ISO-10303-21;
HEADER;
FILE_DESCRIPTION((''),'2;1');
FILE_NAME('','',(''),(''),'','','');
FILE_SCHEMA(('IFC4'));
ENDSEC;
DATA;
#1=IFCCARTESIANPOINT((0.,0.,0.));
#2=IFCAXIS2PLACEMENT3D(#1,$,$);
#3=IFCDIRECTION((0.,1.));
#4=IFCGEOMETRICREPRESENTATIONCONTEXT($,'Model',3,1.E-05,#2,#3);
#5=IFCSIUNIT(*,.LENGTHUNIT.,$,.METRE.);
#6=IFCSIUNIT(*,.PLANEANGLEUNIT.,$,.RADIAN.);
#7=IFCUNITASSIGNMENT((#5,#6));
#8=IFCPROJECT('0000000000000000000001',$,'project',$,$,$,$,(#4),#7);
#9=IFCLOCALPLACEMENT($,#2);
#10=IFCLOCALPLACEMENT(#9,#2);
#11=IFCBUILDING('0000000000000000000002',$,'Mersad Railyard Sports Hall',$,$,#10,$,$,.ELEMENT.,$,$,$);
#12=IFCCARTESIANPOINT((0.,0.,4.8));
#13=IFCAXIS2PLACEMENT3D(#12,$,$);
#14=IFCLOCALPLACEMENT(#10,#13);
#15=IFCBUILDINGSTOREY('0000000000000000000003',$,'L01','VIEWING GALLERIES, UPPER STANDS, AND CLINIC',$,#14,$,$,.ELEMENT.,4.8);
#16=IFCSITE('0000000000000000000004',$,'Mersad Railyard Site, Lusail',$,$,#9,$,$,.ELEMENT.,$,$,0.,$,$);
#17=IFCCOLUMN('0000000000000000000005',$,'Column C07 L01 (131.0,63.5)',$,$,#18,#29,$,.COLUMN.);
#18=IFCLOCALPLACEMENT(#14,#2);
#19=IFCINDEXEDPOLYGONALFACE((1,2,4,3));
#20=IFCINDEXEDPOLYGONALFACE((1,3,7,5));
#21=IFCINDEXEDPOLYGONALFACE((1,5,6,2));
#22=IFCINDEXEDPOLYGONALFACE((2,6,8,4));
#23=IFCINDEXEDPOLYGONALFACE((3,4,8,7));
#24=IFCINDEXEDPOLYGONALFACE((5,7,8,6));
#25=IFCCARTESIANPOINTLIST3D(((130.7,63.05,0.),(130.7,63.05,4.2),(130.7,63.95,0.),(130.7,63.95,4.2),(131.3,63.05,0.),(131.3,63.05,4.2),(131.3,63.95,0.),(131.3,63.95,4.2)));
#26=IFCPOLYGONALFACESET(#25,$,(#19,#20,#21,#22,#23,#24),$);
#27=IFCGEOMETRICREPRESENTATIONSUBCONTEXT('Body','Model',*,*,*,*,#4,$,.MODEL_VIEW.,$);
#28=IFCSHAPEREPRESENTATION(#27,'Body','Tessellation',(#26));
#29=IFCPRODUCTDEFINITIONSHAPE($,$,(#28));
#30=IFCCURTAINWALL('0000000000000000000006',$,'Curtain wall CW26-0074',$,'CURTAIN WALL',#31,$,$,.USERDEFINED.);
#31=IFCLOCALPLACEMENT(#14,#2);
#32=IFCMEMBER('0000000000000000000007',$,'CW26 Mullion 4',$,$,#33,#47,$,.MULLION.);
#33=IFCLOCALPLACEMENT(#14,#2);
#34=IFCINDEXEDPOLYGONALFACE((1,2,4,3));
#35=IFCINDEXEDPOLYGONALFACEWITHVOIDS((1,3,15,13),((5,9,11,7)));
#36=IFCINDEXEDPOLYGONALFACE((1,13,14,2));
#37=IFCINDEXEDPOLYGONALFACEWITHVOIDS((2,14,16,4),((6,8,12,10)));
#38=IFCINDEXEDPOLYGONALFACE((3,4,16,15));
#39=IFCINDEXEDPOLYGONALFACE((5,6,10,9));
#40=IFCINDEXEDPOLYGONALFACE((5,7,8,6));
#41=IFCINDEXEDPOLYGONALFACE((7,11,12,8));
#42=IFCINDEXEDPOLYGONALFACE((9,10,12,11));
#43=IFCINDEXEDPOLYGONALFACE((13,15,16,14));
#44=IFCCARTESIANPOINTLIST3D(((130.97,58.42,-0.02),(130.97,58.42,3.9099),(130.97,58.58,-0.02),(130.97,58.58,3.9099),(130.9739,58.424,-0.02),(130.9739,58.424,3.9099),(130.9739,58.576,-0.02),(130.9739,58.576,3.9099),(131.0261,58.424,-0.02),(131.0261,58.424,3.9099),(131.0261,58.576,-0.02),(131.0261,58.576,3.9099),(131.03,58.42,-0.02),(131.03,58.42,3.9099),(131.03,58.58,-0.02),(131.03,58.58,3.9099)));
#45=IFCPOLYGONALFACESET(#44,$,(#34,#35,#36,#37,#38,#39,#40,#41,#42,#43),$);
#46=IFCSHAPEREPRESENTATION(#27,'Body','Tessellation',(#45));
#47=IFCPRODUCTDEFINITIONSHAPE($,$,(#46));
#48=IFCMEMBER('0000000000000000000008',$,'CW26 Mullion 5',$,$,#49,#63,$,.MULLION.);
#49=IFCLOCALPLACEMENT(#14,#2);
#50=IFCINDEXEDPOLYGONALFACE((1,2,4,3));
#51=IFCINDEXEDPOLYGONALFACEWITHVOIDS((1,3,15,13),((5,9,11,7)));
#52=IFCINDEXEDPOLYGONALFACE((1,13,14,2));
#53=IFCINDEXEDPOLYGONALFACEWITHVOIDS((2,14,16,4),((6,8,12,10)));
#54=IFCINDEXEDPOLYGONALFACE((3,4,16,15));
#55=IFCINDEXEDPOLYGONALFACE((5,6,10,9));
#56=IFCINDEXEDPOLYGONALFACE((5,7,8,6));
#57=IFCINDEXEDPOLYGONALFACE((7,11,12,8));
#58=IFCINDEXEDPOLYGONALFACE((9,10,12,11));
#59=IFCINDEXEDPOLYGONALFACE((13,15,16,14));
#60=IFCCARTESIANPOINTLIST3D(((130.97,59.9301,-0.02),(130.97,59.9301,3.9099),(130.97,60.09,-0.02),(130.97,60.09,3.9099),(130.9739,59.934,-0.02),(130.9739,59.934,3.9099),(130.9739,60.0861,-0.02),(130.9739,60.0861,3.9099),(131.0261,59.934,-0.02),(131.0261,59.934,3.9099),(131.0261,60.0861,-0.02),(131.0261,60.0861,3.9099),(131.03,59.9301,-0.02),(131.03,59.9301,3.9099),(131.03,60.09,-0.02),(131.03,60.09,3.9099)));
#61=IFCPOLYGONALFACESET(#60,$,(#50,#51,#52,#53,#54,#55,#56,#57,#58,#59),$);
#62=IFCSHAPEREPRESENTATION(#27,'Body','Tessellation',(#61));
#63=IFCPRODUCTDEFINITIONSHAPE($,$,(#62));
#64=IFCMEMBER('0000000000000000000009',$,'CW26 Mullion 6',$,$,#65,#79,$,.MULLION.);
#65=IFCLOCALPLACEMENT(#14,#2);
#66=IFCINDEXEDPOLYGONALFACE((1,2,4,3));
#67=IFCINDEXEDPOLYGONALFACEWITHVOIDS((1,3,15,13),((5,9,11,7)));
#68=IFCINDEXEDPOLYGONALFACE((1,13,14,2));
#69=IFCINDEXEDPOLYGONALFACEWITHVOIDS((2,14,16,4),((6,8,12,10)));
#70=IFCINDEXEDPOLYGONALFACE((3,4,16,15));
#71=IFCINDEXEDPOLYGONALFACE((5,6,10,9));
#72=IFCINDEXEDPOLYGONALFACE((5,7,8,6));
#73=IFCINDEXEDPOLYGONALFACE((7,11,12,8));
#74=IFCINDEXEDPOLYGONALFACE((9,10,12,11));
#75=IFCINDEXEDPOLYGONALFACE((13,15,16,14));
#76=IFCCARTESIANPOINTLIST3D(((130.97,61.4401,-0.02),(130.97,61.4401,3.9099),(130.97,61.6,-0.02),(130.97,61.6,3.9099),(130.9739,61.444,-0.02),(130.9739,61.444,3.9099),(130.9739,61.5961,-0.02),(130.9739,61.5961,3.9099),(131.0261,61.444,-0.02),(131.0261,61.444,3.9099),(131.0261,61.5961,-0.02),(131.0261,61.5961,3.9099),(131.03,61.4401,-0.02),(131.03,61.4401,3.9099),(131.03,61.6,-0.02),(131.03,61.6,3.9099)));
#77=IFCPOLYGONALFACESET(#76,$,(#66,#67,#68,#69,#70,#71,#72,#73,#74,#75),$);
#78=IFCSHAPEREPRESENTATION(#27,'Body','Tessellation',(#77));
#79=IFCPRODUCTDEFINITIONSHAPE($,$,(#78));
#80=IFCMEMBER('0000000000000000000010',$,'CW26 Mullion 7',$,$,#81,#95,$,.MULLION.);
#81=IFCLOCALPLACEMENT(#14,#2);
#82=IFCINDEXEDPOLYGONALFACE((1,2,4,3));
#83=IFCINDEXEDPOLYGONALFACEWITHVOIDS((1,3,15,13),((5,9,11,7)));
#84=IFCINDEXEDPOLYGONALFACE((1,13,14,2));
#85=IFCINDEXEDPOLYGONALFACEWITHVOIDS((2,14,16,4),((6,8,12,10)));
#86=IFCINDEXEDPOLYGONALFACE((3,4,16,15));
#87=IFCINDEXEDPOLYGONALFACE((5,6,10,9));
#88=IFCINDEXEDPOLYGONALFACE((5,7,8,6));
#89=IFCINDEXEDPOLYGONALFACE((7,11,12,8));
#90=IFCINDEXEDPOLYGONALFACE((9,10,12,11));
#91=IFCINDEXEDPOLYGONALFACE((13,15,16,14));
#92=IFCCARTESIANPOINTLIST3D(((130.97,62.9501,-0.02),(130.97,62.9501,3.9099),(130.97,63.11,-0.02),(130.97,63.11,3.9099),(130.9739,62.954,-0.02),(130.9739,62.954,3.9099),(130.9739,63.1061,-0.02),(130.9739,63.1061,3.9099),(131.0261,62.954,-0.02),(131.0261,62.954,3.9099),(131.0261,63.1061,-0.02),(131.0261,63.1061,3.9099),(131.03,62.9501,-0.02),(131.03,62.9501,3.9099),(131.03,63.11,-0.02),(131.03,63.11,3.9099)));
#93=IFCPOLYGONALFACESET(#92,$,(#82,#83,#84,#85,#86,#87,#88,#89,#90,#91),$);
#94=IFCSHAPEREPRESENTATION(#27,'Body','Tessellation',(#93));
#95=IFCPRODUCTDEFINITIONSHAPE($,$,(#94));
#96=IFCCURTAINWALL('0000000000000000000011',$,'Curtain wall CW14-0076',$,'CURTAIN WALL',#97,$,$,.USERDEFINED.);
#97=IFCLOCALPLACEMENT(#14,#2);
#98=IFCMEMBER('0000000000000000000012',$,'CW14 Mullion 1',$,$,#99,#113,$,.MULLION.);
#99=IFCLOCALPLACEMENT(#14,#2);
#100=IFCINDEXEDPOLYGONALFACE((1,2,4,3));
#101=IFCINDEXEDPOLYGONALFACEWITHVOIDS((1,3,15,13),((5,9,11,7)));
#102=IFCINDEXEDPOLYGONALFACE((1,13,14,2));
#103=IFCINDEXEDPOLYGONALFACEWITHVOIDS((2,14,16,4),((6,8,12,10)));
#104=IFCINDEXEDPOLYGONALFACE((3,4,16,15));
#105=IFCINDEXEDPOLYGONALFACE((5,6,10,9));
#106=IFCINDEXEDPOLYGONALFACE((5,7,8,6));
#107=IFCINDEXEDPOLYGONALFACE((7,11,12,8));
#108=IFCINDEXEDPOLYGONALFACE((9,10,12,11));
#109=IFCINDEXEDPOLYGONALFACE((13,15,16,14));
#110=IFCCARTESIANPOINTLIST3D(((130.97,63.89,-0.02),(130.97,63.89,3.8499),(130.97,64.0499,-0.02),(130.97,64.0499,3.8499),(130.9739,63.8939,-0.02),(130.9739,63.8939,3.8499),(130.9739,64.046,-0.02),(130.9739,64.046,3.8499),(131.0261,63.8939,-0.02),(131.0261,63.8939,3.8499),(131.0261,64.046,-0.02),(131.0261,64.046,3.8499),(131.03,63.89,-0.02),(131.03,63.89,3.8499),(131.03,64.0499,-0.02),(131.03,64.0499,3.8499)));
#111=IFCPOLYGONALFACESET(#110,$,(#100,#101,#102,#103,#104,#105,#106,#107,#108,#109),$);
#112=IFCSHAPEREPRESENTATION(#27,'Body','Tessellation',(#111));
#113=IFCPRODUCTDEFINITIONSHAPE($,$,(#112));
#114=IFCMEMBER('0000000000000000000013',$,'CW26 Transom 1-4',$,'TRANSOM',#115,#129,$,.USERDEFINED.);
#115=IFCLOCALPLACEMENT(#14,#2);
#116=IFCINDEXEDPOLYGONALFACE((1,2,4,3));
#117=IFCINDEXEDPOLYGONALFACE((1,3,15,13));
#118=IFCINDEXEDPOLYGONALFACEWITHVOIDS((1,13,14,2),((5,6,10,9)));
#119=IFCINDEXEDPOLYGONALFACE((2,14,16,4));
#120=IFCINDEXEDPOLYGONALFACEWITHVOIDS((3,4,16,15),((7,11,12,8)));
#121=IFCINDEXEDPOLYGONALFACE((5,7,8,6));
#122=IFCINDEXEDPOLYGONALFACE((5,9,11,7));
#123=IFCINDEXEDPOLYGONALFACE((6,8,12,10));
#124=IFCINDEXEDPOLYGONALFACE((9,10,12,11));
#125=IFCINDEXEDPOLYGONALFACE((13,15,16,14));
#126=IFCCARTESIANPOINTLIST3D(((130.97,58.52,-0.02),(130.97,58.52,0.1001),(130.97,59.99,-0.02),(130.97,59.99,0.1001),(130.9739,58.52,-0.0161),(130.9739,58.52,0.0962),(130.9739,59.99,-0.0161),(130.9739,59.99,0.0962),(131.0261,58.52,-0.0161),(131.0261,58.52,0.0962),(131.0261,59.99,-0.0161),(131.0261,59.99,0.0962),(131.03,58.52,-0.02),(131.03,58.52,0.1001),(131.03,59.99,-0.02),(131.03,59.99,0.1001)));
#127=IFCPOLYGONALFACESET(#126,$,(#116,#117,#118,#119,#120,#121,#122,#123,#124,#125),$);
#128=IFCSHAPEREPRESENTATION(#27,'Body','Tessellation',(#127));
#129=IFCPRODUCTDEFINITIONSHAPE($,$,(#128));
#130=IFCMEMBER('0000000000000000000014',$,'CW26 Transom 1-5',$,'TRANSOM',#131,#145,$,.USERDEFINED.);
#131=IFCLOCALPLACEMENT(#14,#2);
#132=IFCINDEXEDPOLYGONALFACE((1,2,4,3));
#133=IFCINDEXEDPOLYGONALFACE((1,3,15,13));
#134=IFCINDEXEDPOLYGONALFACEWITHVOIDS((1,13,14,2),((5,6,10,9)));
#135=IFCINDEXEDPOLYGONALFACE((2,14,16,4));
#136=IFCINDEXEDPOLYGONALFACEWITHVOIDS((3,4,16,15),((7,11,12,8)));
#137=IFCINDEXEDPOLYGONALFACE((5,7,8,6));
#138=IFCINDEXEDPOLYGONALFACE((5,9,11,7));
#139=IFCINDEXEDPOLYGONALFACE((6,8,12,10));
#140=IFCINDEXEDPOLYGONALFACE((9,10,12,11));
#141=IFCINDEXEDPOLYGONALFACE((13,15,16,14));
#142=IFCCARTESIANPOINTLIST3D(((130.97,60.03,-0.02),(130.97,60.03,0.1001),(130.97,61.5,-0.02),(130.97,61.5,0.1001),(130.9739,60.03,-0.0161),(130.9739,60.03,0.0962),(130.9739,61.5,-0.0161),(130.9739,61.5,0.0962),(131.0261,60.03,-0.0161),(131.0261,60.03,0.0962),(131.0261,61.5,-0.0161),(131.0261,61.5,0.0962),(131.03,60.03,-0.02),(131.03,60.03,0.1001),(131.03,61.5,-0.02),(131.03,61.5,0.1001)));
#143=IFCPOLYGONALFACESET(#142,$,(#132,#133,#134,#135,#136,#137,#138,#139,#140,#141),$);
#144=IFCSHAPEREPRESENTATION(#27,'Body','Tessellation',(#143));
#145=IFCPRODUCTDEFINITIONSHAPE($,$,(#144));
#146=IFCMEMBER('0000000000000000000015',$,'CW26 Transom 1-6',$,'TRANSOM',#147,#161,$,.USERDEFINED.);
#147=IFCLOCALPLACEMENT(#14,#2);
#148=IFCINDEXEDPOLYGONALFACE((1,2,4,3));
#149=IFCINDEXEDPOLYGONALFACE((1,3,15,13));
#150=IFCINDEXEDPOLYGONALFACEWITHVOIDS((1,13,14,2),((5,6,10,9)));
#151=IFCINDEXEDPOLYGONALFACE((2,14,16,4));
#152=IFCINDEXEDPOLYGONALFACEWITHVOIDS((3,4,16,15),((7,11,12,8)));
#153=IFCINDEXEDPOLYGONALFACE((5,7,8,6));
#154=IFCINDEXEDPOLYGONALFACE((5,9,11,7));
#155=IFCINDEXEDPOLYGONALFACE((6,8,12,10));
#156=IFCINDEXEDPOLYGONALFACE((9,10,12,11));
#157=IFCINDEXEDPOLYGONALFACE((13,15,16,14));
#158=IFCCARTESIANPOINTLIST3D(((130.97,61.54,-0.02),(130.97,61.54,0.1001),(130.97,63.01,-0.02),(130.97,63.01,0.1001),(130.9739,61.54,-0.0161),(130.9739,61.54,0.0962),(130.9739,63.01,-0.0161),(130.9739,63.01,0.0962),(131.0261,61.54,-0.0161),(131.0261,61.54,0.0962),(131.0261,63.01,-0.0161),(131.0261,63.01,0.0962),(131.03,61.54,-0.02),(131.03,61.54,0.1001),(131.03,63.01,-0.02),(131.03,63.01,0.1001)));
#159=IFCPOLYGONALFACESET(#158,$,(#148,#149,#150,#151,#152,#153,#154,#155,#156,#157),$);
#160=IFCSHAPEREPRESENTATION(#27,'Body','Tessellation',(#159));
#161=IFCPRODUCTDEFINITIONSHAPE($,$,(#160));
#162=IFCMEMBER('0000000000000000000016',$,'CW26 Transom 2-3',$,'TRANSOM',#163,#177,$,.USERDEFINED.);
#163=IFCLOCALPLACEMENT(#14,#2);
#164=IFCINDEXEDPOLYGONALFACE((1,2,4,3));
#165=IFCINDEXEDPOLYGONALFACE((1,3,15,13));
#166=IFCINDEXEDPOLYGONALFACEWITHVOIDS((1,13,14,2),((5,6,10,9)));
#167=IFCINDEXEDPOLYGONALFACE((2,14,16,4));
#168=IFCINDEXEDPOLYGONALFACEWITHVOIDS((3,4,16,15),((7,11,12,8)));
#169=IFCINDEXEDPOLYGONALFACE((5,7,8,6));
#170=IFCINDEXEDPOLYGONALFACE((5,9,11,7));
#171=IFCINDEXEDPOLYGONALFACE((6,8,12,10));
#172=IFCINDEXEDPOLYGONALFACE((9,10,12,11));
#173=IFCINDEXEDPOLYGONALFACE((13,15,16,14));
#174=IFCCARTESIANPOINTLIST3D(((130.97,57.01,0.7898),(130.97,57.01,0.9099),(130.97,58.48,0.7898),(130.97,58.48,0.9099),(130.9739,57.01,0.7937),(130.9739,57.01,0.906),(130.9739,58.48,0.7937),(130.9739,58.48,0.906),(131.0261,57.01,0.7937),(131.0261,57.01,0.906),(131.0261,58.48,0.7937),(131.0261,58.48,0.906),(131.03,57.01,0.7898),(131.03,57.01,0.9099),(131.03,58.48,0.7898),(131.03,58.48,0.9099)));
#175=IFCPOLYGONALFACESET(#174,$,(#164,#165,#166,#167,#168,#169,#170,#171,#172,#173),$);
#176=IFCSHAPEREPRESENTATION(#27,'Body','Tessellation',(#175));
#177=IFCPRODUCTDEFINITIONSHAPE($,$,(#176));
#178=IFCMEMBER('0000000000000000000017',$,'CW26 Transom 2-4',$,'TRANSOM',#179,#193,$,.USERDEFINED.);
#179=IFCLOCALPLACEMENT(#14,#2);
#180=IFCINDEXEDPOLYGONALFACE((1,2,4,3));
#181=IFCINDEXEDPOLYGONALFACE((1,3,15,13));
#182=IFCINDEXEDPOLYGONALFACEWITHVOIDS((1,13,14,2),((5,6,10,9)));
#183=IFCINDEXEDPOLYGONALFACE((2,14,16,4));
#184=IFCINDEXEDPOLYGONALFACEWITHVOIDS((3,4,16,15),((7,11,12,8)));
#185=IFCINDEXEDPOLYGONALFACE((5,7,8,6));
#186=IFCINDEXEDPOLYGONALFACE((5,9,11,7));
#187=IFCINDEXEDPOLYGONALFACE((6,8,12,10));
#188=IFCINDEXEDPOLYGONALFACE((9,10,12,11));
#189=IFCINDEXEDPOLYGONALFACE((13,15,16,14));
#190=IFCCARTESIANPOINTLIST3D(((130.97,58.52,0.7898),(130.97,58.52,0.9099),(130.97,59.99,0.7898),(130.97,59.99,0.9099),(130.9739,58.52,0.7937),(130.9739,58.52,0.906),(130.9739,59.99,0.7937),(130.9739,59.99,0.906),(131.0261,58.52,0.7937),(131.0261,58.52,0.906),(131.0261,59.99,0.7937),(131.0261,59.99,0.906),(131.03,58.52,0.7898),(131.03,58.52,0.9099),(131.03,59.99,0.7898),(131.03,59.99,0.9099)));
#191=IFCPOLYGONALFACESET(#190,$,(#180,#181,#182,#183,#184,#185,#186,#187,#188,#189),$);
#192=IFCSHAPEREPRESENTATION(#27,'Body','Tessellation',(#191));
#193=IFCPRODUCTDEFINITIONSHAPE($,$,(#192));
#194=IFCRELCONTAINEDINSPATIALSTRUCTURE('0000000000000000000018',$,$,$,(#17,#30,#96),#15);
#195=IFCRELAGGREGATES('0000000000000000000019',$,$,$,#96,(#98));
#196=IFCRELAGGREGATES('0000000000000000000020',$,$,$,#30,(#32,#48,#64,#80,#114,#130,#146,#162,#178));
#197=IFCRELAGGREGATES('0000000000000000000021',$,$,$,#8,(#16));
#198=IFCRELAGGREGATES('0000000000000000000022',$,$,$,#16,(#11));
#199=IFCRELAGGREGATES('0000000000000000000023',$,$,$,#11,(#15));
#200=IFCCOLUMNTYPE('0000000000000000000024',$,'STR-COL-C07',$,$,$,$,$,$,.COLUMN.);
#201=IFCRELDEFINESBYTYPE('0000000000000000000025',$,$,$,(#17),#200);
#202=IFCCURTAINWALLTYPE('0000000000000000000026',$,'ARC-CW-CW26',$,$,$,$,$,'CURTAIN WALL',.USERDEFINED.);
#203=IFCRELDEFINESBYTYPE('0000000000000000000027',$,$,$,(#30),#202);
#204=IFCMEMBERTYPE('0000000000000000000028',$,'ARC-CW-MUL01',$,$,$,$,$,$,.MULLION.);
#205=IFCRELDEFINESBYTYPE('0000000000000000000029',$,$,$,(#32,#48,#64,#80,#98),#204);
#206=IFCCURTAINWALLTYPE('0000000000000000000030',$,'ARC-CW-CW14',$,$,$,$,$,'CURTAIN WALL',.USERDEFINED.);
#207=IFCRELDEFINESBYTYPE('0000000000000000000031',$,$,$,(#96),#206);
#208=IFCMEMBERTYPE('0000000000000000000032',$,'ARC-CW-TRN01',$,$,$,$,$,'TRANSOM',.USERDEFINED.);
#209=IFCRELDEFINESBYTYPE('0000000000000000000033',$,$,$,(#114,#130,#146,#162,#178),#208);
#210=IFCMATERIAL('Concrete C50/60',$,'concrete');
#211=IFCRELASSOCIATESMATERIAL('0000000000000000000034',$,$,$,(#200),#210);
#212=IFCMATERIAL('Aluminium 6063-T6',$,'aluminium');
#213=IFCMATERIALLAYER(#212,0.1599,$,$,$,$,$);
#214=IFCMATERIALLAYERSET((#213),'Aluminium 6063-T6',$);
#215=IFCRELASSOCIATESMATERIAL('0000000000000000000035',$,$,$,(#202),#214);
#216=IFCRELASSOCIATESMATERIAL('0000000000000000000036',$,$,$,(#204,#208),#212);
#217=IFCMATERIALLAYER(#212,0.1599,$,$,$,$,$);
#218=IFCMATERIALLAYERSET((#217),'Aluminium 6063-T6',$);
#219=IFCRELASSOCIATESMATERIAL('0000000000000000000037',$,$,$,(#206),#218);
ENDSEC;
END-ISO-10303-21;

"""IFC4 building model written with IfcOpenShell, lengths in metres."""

from ifc_helpers import new_model, si_unit, direction, frame, origin, origin_2d, place, context, subcontext, project, spatial, rectangle, hollow_rectangle, extrude, material, layer, layer_set, material_profile, profile_set, type_object, element, aggregate, save


model = new_model("IFC4")

# Units and contexts
model_context = context("Model", 3, precision=1e-05, world=origin(), true_north=direction((0.0, 1.0)))
body_context = subcontext(model_context, "Body", "Model", "MODEL_VIEW")
ifc_project = project(units=[si_unit("LENGTHUNIT", "METRE"), si_unit("PLANEANGLEUNIT", "RADIAN")], contexts=[model_context])

# Site, building, storey
site_placement = place(None, origin())
site = spatial("IfcSite", under=ifc_project, at=site_placement, Name="Mersad Railyard Site, Lusail", CompositionType="ELEMENT", RefElevation=0.0)
building_placement = place(site_placement, origin())
building = spatial("IfcBuilding", under=site, at=building_placement, Name="Mersad Railyard Sports Hall", CompositionType="ELEMENT")
storey_placement = place(building_placement, frame((0.0, 0.0, 4.8)))
storey = spatial("IfcBuildingStorey", under=building, at=storey_placement, Name="L01", Description="VIEWING GALLERIES, UPPER STANDS, AND CLINIC", CompositionType="ELEMENT", Elevation=4.8)

# Column
ifc_material_1 = material(Name="Concrete C50/60", Category="concrete")
ifc_material_profile_1 = material_profile(ifc_material_1, rectangle(XDim=0.6001, YDim=0.8999, at=origin_2d()), Name="RC 600x900")
ifc_profile_set_1 = profile_set([ifc_material_profile_1], Name="Concrete C50/60")
column_type = type_object("IfcColumnType", Name="STR-COL-C07", PredefinedType="COLUMN", material=ifc_profile_set_1)
column_placement = place(storey_placement, frame((131.0, 63.5, 0.0), z_axis=(0.0, 0.0, 1.0), x_axis=(1.0, 0.0, 0.0)))
element("IfcColumn", 1, at=column_placement, inside=storey, type_object=column_type, Name="Column C07 L01 (131.0,63.5)", PredefinedType="COLUMN", context=body_context, shape_type="SweptSolid", body=[
    extrude(rectangle(XDim=0.6001, YDim=0.8999, at=origin_2d()), origin(), (0.0, 0.0, 1.0), 4.2),
])

# Curtain wall, members
ifc_material_2 = material(Name="Aluminium 6063-T6", Category="aluminium")
ifc_layer_1 = layer(ifc_material_2, 0.1599)
ifc_layer_set_1 = layer_set([ifc_layer_1], Name="Aluminium 6063-T6")
curtain_wall_type_1 = type_object("IfcCurtainWallType", Name="ARC-CW-CW26", ElementType="CURTAIN WALL", PredefinedType="USERDEFINED", material=ifc_layer_set_1)
curtain_wall_1_placement = place(storey_placement, origin())
curtain_wall_1 = element("IfcCurtainWall", 2, at=curtain_wall_1_placement, inside=storey, type_object=curtain_wall_type_1, Name="Curtain wall CW26-0074", ObjectType="CURTAIN WALL", PredefinedType="USERDEFINED")
ifc_material_profile_2 = material_profile(ifc_material_2, hollow_rectangle(XDim=0.0601, YDim=0.1599, WallThickness=0.0039, at=origin_2d()), Name="AL MULLION 60x160x4")
ifc_profile_set_2 = profile_set([ifc_material_profile_2], Name="Aluminium 6063-T6")
member_type_1 = type_object("IfcMemberType", Name="ARC-CW-MUL01", PredefinedType="MULLION", material=ifc_profile_set_2)
member_1_placement = place(storey_placement, frame((131.0, 58.5, -0.02), z_axis=(0.0, 0.0, 1.0), x_axis=(1.0, 0.0, 0.0)))
member_1 = element("IfcMember", 3, at=member_1_placement, type_object=member_type_1, Name="CW26 Mullion 4", PredefinedType="MULLION", context=body_context, shape_type="SweptSolid", body=[
    extrude(hollow_rectangle(XDim=0.0601, YDim=0.1599, WallThickness=0.0039, at=origin_2d()), origin(), (0.0, 0.0, 1.0), 3.9299),
])
member_2_placement = place(storey_placement, frame((131.0, 60.01, -0.02), z_axis=(0.0, 0.0, 1.0), x_axis=(1.0, 0.0, 0.0)))
member_2 = element("IfcMember", 4, at=member_2_placement, type_object=member_type_1, Name="CW26 Mullion 5", PredefinedType="MULLION", context=body_context, shape_type="SweptSolid", body=[
    extrude(hollow_rectangle(XDim=0.0601, YDim=0.1599, WallThickness=0.0039, at=origin_2d()), origin(), (0.0, 0.0, 1.0), 3.9299),
])
member_3_placement = place(storey_placement, frame((131.0, 61.52, -0.02), z_axis=(0.0, 0.0, 1.0), x_axis=(1.0, 0.0, 0.0)))
member_3 = element("IfcMember", 5, at=member_3_placement, type_object=member_type_1, Name="CW26 Mullion 6", PredefinedType="MULLION", context=body_context, shape_type="SweptSolid", body=[
    extrude(hollow_rectangle(XDim=0.0601, YDim=0.1599, WallThickness=0.0039, at=origin_2d()), origin(), (0.0, 0.0, 1.0), 3.9299),
])
member_4_placement = place(storey_placement, frame((131.0, 63.03, -0.02), z_axis=(0.0, 0.0, 1.0), x_axis=(1.0, 0.0, 0.0)))
member_4 = element("IfcMember", 6, at=member_4_placement, type_object=member_type_1, Name="CW26 Mullion 7", PredefinedType="MULLION", context=body_context, shape_type="SweptSolid", body=[
    extrude(hollow_rectangle(XDim=0.0601, YDim=0.1599, WallThickness=0.0039, at=origin_2d()), origin(), (0.0, 0.0, 1.0), 3.9299),
])

# Curtain wall, member
ifc_layer_2 = layer(ifc_material_2, 0.1599)
ifc_layer_set_2 = layer_set([ifc_layer_2], Name="Aluminium 6063-T6")
curtain_wall_type_2 = type_object("IfcCurtainWallType", Name="ARC-CW-CW14", ElementType="CURTAIN WALL", PredefinedType="USERDEFINED", material=ifc_layer_set_2)
curtain_wall_2_placement = place(storey_placement, origin())
curtain_wall_2 = element("IfcCurtainWall", 7, at=curtain_wall_2_placement, inside=storey, type_object=curtain_wall_type_2, Name="Curtain wall CW14-0076", ObjectType="CURTAIN WALL", PredefinedType="USERDEFINED")
member_5_placement = place(storey_placement, frame((131.0, 63.97, -0.02), z_axis=(0.0, 0.0, 1.0), x_axis=(1.0, 0.0, 0.0)))
member_5 = element("IfcMember", 8, at=member_5_placement, type_object=member_type_1, Name="CW14 Mullion 1", PredefinedType="MULLION", context=body_context, shape_type="SweptSolid", body=[
    extrude(hollow_rectangle(XDim=0.0601, YDim=0.1599, WallThickness=0.0039, at=origin_2d()), origin(), (0.0, 0.0, 1.0), 3.8699),
])
aggregate(curtain_wall_2, [member_5])

# Members
ifc_material_profile_3 = material_profile(ifc_material_2, hollow_rectangle(XDim=0.0601, YDim=0.1201, WallThickness=0.0039, at=origin_2d()), Name="AL TRANSOM 60x120x4")
ifc_profile_set_3 = profile_set([ifc_material_profile_3], Name="Aluminium 6063-T6")
member_type_2 = type_object("IfcMemberType", Name="ARC-CW-TRN01", ElementType="TRANSOM", PredefinedType="USERDEFINED", material=ifc_profile_set_3)
member_6_placement = place(storey_placement, frame((131.0, 58.52, 0.04), z_axis=(0.0, 1.0, 0.0), x_axis=(-1.0, 0.0, 0.0)))
member_6 = element("IfcMember", 9, at=member_6_placement, type_object=member_type_2, Name="CW26 Transom 1-4", ObjectType="TRANSOM", PredefinedType="USERDEFINED", context=body_context, shape_type="SweptSolid", body=[
    extrude(hollow_rectangle(XDim=0.0601, YDim=0.1201, WallThickness=0.0039, at=origin_2d()), origin(), (0.0, 0.0, 1.0), 1.47),
])
member_7_placement = place(storey_placement, frame((131.0, 60.03, 0.04), z_axis=(0.0, 1.0, 0.0), x_axis=(-1.0, 0.0, 0.0)))
member_7 = element("IfcMember", 10, at=member_7_placement, type_object=member_type_2, Name="CW26 Transom 1-5", ObjectType="TRANSOM", PredefinedType="USERDEFINED", context=body_context, shape_type="SweptSolid", body=[
    extrude(hollow_rectangle(XDim=0.0601, YDim=0.1201, WallThickness=0.0039, at=origin_2d()), origin(), (0.0, 0.0, 1.0), 1.47),
])
member_8_placement = place(storey_placement, frame((131.0, 61.54, 0.04), z_axis=(0.0, 1.0, 0.0), x_axis=(-1.0, 0.0, 0.0)))
member_8 = element("IfcMember", 11, at=member_8_placement, type_object=member_type_2, Name="CW26 Transom 1-6", ObjectType="TRANSOM", PredefinedType="USERDEFINED", context=body_context, shape_type="SweptSolid", body=[
    extrude(hollow_rectangle(XDim=0.0601, YDim=0.1201, WallThickness=0.0039, at=origin_2d()), origin(), (0.0, 0.0, 1.0), 1.47),
])
member_9_placement = place(storey_placement, frame((131.0, 57.01, 0.8499), z_axis=(0.0, 1.0, 0.0), x_axis=(-1.0, 0.0, 0.0)))
member_9 = element("IfcMember", 12, at=member_9_placement, type_object=member_type_2, Name="CW26 Transom 2-3", ObjectType="TRANSOM", PredefinedType="USERDEFINED", context=body_context, shape_type="SweptSolid", body=[
    extrude(hollow_rectangle(XDim=0.0601, YDim=0.1201, WallThickness=0.0039, at=origin_2d()), origin(), (0.0, 0.0, 1.0), 1.47),
])
member_10_placement = place(storey_placement, frame((131.0, 58.52, 0.8499), z_axis=(0.0, 1.0, 0.0), x_axis=(-1.0, 0.0, 0.0)))
member_10 = element("IfcMember", 13, at=member_10_placement, type_object=member_type_2, Name="CW26 Transom 2-4", ObjectType="TRANSOM", PredefinedType="USERDEFINED", context=body_context, shape_type="SweptSolid", body=[
    extrude(hollow_rectangle(XDim=0.0601, YDim=0.1201, WallThickness=0.0039, at=origin_2d()), origin(), (0.0, 0.0, 1.0), 1.47),
])

aggregate(curtain_wall_1, [member_1, member_2, member_3, member_4, member_6, member_7, member_8, member_9, member_10])

save(model, "model.ifc")
